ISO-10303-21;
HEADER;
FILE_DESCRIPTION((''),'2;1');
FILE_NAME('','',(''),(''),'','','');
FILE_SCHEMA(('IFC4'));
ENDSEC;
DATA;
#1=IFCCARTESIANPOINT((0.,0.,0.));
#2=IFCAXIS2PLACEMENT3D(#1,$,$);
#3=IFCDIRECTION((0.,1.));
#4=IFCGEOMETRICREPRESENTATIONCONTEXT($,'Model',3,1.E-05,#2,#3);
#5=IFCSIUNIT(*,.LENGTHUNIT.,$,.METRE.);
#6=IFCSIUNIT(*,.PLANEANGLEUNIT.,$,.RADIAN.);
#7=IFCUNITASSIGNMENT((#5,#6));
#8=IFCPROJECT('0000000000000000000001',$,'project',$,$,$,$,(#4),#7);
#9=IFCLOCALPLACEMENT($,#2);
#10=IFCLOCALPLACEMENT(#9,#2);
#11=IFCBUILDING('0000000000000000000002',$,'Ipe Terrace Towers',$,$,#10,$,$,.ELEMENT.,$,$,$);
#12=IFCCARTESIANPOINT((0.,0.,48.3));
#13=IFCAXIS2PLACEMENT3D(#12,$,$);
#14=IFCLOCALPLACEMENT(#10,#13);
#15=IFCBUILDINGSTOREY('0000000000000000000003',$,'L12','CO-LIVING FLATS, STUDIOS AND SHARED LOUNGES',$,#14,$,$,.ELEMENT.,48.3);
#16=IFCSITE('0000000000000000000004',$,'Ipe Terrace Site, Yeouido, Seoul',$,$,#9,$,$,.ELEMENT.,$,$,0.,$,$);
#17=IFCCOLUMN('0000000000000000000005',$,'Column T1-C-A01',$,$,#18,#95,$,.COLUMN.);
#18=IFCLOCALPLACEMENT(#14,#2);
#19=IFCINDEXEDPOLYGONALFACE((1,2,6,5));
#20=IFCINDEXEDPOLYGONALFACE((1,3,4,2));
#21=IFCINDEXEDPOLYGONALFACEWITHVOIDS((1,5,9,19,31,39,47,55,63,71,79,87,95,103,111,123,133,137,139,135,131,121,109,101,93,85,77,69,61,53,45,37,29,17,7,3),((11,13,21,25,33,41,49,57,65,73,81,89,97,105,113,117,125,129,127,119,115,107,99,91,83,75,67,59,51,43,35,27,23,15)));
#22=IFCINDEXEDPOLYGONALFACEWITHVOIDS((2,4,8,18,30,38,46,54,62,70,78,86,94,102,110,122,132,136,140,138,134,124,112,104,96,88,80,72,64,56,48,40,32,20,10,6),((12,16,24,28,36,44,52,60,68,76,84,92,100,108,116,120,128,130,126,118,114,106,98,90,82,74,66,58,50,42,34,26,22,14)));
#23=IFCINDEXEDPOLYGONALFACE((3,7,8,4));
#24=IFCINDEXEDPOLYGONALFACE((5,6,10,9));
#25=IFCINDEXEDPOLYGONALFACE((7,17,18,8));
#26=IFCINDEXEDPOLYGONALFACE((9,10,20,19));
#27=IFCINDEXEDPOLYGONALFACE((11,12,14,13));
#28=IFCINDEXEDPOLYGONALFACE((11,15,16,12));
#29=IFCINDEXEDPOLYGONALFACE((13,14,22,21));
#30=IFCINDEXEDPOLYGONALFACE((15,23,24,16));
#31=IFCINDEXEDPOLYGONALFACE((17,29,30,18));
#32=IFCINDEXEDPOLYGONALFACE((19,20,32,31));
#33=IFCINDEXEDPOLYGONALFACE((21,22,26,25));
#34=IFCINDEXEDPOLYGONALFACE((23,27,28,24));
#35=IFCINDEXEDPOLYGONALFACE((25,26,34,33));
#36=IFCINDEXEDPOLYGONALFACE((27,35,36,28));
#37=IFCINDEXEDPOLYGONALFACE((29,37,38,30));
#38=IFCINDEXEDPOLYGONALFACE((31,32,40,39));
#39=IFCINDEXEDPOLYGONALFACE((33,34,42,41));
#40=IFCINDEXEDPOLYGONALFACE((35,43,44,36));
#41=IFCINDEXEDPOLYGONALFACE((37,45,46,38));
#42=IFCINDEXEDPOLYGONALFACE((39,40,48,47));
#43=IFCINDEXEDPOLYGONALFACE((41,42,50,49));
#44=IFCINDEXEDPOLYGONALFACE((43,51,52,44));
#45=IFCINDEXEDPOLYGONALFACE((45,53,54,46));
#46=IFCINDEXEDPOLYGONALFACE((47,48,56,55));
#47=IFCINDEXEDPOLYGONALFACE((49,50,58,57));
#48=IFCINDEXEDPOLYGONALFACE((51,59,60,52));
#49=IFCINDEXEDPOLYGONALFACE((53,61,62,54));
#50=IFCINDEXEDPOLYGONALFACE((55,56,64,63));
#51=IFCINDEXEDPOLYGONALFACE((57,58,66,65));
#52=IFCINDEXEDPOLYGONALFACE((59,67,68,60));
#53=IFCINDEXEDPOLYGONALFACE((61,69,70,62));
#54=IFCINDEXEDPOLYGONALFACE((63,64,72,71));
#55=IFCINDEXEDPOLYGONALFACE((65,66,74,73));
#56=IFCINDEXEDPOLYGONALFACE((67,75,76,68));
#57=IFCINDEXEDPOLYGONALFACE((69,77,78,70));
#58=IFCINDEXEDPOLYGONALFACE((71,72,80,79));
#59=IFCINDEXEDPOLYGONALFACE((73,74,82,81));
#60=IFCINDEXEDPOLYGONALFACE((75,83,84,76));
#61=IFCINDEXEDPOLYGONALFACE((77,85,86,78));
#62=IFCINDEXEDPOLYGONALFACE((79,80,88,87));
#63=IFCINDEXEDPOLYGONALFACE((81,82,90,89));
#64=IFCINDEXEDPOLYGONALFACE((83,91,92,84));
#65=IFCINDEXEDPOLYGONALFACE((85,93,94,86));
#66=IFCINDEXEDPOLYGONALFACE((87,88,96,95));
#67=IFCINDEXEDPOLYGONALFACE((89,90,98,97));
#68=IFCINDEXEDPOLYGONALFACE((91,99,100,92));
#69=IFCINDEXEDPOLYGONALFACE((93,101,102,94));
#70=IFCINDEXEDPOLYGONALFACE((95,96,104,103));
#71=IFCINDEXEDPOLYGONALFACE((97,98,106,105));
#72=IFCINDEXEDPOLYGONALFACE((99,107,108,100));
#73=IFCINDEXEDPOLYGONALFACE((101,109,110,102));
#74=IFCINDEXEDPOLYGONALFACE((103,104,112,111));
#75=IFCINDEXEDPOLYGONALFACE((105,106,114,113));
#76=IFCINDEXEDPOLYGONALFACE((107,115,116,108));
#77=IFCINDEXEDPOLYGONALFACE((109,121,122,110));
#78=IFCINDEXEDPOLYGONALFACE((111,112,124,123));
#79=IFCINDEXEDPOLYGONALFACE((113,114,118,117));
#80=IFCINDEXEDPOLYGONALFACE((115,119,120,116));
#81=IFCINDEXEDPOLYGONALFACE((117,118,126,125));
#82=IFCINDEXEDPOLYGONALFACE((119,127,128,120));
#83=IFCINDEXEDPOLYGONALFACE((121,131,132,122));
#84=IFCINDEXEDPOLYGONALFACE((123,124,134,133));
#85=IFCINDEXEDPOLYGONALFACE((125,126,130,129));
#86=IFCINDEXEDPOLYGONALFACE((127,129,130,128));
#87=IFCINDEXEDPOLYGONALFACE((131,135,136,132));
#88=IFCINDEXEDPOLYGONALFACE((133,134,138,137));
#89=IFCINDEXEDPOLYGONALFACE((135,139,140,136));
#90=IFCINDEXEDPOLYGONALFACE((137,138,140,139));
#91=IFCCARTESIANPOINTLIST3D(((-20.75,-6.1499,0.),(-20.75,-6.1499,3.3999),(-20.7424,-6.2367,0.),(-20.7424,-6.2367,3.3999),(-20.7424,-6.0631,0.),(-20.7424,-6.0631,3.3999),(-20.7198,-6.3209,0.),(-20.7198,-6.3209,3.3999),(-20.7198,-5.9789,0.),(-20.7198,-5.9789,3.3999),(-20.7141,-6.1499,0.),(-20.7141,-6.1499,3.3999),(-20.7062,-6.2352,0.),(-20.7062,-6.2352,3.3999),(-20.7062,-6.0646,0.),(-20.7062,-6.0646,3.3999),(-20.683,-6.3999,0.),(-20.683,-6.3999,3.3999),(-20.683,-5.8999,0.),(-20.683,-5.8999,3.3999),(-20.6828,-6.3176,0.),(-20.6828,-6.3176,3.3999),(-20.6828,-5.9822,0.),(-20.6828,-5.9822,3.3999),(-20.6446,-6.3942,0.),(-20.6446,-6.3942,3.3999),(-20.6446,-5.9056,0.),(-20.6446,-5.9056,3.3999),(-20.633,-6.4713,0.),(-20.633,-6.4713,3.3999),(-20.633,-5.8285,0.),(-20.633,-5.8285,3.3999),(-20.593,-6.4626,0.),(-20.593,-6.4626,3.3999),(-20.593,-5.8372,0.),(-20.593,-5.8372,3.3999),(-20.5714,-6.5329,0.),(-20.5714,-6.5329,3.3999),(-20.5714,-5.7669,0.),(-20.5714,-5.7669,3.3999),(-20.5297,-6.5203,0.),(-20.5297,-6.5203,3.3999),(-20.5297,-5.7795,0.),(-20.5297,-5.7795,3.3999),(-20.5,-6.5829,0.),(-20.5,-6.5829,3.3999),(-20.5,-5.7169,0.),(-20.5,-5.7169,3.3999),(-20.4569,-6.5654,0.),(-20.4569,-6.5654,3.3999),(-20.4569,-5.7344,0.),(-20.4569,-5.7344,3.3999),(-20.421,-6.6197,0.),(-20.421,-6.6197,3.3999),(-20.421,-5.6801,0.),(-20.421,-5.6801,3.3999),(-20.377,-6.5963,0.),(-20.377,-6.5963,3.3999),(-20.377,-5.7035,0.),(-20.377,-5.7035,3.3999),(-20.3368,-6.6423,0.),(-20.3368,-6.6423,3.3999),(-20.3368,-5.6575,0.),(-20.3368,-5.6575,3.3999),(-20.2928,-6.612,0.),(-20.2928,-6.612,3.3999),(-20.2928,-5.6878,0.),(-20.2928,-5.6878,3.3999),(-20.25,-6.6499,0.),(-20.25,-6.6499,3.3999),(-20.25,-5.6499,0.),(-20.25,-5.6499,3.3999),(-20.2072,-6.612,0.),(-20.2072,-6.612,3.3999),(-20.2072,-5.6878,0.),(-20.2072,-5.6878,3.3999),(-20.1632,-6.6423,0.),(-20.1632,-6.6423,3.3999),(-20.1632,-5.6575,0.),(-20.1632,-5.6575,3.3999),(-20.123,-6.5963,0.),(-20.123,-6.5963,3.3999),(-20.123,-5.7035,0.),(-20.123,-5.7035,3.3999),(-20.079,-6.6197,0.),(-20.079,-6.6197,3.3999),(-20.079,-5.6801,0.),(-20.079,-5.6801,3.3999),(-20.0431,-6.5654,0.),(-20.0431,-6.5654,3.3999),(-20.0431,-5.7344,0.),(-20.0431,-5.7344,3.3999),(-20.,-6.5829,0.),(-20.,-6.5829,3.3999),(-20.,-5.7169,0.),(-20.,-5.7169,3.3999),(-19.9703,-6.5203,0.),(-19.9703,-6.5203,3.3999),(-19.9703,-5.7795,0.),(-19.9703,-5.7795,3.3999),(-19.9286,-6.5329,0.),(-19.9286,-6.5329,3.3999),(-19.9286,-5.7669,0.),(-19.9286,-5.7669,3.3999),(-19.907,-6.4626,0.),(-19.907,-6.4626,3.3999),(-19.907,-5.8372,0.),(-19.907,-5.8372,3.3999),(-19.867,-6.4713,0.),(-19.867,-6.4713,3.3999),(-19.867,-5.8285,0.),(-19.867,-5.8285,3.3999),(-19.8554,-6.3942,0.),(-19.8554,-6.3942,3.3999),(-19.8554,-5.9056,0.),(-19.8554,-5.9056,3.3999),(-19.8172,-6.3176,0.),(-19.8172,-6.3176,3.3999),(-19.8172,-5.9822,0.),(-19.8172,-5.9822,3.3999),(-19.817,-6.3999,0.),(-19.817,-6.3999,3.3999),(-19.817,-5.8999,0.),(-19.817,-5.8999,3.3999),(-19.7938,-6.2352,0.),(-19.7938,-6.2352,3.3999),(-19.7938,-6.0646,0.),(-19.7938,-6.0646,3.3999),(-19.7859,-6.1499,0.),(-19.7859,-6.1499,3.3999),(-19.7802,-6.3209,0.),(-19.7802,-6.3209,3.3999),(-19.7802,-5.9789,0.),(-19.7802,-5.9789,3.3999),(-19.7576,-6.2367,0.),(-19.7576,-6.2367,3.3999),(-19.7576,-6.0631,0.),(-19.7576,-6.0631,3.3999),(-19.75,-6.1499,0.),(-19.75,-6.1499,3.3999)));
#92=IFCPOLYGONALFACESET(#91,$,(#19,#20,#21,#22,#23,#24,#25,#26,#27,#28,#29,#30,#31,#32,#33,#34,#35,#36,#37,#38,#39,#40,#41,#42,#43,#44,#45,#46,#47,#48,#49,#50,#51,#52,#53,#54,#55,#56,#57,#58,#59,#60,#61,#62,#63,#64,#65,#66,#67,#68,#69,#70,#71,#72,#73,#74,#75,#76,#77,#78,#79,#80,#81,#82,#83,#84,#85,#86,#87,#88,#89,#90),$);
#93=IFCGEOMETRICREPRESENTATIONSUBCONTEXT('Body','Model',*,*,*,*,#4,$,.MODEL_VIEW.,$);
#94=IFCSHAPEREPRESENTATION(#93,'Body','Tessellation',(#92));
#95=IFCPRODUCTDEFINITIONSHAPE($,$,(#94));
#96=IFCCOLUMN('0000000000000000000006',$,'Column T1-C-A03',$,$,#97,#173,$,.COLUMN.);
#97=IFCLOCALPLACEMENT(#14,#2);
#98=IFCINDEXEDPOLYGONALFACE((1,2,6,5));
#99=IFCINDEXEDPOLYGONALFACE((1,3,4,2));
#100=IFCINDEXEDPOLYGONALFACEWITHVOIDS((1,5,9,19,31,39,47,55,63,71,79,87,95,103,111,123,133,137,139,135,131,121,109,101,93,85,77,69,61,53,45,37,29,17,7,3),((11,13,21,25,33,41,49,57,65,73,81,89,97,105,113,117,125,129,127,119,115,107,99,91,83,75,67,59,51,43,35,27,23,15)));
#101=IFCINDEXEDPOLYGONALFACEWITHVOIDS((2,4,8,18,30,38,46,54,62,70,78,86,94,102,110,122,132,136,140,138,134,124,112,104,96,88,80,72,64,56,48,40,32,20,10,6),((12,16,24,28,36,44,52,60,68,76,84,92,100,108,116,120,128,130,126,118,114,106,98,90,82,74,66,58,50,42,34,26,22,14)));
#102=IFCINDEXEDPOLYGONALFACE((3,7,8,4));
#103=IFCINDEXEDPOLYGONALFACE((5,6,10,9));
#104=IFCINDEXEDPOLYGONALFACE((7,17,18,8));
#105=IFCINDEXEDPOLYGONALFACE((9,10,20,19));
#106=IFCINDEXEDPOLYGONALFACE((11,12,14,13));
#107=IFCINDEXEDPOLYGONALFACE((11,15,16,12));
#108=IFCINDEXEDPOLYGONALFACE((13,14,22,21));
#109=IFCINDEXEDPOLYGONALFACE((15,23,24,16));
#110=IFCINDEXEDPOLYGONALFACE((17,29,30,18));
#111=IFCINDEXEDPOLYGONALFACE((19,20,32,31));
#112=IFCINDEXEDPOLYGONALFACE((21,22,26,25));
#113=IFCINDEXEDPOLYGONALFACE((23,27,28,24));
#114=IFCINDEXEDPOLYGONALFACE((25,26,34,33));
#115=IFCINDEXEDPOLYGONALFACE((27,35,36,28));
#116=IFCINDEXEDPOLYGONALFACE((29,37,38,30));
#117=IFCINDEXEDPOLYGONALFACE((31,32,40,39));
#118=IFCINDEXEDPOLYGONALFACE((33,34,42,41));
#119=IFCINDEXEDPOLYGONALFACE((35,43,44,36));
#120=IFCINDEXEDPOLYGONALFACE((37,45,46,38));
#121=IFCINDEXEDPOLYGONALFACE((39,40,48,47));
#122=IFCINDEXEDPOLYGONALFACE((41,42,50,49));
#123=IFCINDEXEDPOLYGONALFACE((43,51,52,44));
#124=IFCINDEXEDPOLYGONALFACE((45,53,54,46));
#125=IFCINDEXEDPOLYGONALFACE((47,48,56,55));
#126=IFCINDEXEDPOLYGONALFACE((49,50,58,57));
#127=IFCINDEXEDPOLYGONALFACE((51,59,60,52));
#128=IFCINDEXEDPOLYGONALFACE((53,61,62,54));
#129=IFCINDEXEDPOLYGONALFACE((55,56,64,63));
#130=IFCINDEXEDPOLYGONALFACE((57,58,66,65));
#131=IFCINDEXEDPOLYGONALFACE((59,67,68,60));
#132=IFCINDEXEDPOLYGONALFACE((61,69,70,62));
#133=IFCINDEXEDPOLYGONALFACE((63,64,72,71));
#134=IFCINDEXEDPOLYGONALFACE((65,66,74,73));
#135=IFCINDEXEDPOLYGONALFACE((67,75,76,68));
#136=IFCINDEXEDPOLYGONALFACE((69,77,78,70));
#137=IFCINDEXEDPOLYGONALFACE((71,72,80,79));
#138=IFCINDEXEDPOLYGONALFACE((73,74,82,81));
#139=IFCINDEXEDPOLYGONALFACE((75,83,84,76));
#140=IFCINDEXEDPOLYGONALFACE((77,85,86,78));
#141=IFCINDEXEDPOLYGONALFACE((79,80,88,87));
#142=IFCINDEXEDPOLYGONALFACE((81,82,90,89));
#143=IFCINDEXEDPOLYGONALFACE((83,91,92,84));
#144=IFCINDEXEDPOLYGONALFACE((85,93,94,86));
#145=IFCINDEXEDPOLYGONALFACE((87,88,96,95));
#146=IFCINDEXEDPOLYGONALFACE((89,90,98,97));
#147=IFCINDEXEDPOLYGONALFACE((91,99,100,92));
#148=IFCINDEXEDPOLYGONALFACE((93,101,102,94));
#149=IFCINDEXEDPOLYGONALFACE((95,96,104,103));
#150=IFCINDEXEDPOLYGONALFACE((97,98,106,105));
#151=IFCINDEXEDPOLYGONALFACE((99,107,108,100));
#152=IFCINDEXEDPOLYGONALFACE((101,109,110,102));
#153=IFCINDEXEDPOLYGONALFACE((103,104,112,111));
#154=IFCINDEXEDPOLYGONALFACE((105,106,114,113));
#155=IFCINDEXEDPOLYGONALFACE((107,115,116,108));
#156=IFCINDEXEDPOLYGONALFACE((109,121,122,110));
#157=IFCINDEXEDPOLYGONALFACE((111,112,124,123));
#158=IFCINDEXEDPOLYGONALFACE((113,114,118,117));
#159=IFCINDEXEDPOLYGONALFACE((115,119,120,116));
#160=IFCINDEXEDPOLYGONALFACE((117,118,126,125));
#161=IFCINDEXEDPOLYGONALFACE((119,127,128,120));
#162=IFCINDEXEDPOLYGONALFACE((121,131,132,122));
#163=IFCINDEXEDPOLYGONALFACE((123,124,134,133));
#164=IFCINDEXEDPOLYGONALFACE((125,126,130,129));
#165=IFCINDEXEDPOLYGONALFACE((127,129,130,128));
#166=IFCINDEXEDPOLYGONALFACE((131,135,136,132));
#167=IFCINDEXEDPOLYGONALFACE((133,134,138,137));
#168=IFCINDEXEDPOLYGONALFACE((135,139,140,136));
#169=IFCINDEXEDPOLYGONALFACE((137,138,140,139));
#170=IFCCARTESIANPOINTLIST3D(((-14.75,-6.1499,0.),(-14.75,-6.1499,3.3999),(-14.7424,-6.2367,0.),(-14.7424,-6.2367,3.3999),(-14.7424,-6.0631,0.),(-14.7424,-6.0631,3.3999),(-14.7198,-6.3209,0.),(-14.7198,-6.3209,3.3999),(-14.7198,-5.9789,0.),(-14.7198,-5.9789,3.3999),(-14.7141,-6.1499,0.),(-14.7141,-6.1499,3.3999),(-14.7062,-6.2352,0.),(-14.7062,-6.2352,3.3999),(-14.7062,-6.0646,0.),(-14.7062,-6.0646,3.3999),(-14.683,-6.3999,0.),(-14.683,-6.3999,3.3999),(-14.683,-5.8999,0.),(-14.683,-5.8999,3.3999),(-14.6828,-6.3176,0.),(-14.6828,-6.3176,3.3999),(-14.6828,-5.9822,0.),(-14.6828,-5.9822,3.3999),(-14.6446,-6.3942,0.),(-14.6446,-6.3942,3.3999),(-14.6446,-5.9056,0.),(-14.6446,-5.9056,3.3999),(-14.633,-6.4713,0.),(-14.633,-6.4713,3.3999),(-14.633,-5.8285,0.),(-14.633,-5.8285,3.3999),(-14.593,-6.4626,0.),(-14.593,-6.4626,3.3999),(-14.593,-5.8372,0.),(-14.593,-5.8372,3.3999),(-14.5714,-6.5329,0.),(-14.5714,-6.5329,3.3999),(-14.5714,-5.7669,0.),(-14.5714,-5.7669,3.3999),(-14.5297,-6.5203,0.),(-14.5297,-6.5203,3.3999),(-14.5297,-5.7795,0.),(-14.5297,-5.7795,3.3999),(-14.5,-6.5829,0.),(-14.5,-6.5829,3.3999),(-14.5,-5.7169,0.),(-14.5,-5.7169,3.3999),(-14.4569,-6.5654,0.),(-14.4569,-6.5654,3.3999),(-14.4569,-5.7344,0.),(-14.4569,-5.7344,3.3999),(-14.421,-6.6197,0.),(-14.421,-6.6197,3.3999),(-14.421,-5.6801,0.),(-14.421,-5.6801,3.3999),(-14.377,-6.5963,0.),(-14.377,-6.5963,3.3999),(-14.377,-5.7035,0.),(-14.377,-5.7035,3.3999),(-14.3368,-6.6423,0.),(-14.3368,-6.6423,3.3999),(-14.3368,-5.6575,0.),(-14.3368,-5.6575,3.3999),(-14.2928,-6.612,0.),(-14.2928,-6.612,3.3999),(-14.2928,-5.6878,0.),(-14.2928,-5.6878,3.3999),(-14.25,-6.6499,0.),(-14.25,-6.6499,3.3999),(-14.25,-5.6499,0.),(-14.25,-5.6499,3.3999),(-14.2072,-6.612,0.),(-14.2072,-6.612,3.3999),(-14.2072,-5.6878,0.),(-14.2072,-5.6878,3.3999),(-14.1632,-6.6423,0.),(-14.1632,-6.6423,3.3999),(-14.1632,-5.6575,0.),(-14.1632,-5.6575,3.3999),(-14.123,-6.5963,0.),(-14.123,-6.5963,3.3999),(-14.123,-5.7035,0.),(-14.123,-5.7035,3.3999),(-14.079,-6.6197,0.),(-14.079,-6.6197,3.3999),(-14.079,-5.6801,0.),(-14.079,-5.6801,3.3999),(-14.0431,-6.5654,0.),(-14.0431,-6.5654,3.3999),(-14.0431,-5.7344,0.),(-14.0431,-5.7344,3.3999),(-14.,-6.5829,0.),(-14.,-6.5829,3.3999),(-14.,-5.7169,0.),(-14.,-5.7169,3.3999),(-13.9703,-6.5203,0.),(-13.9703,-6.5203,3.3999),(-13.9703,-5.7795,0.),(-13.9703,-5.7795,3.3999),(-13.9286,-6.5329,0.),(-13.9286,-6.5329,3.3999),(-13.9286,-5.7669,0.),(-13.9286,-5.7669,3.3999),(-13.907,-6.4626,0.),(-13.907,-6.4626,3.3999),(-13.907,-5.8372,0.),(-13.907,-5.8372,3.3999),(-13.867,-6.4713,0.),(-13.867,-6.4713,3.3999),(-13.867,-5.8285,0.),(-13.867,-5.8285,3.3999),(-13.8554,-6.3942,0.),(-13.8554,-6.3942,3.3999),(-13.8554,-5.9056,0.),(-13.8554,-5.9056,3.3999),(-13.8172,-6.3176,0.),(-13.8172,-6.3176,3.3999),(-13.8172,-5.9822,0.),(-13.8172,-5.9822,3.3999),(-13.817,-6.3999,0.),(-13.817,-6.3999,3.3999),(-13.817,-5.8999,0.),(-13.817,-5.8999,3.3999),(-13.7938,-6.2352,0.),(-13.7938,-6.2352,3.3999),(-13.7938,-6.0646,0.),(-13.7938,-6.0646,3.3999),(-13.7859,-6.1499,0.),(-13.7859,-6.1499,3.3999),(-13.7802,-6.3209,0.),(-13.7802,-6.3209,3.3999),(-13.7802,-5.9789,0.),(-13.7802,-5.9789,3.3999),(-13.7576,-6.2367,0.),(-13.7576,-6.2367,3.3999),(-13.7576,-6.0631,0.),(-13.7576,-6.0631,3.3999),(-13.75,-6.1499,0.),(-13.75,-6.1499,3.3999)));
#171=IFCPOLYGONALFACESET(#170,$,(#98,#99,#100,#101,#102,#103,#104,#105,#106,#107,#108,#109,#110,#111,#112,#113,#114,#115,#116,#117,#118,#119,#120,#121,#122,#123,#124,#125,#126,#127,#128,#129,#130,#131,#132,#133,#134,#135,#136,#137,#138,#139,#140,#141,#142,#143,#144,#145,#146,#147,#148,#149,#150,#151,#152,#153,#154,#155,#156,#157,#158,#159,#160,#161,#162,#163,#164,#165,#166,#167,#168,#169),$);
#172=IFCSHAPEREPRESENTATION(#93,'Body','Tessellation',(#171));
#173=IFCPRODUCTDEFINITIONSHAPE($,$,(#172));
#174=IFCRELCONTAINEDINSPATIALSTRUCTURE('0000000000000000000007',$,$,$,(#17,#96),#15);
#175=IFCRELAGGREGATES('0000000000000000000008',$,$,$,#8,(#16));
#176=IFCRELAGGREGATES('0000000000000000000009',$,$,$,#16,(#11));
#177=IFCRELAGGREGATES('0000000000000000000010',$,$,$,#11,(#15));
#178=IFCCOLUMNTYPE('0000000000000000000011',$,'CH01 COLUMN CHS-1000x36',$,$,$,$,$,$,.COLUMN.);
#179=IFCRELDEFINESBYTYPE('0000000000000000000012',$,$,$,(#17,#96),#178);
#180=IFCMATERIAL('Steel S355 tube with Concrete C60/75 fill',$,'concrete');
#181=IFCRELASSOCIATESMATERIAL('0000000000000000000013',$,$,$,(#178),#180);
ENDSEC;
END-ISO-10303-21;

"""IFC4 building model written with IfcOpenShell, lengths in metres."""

from ifc_helpers import new_model, si_unit, direction, frame, origin, origin_2d, place, context, subcontext, project, spatial, hollow_circle, extrude, material, material_profile, profile_set, type_object, element, save


model = new_model("IFC4")

# Units and contexts
model_context = context("Model", 3, precision=1e-05, world=origin(), true_north=direction((0.0, 1.0)))
body_context = subcontext(model_context, "Body", "Model", "MODEL_VIEW")
ifc_project = project(units=[si_unit("LENGTHUNIT", "METRE"), si_unit("PLANEANGLEUNIT", "RADIAN")], contexts=[model_context])

# Site, building, storey
site_placement = place(None, origin())
site = spatial("IfcSite", under=ifc_project, at=site_placement, Name="Ipe Terrace Site, Yeouido, Seoul", CompositionType="ELEMENT", RefElevation=0.0)
building_placement = place(site_placement, origin())
building = spatial("IfcBuilding", under=site, at=building_placement, Name="Ipe Terrace Towers", CompositionType="ELEMENT")
storey_placement = place(building_placement, frame((0.0, 0.0, 48.3)))
storey = spatial("IfcBuildingStorey", under=building, at=storey_placement, Name="L12", Description="CO-LIVING FLATS, STUDIOS AND SHARED LOUNGES", CompositionType="ELEMENT", Elevation=48.3)

# Columns
ifc_material_1 = material(Name="Steel S355 tube with Concrete C60/75 fill", Category="concrete")
ifc_material_profile_1 = material_profile(ifc_material_1, hollow_circle(Radius=0.5, WallThickness=0.0359, at=origin_2d()), Name="CHS-1000x36")
ifc_profile_set_1 = profile_set([ifc_material_profile_1], Name="Steel S355 tube with Concrete C60/75 fill")
column_type = type_object("IfcColumnType", Name="CH01 COLUMN CHS-1000x36", PredefinedType="COLUMN", material=ifc_profile_set_1)
for number, where, z_axis, x_axis, name in (
    (1, (-20.25, -6.1499, 0.0), (0.0, 0.0, 1.0), (1.0, 0.0, 0.0), "Column T1-C-A01"),
    (2, (-14.25, -6.1499, 0.0), (0.0, 0.0, 1.0), (1.0, 0.0, 0.0), "Column T1-C-A03"),
):
    element("IfcColumn", number, at=place(storey_placement, frame(where, z_axis=z_axis, x_axis=x_axis)), inside=storey, type_object=column_type, Name=name, PredefinedType="COLUMN", context=body_context, shape_type="SweptSolid", body=[
        extrude(hollow_circle(Radius=0.5, WallThickness=0.0359, at=origin_2d()), origin(), (0.0, 0.0, 1.0), 3.3999),
    ])

save(model, "model.ifc")
